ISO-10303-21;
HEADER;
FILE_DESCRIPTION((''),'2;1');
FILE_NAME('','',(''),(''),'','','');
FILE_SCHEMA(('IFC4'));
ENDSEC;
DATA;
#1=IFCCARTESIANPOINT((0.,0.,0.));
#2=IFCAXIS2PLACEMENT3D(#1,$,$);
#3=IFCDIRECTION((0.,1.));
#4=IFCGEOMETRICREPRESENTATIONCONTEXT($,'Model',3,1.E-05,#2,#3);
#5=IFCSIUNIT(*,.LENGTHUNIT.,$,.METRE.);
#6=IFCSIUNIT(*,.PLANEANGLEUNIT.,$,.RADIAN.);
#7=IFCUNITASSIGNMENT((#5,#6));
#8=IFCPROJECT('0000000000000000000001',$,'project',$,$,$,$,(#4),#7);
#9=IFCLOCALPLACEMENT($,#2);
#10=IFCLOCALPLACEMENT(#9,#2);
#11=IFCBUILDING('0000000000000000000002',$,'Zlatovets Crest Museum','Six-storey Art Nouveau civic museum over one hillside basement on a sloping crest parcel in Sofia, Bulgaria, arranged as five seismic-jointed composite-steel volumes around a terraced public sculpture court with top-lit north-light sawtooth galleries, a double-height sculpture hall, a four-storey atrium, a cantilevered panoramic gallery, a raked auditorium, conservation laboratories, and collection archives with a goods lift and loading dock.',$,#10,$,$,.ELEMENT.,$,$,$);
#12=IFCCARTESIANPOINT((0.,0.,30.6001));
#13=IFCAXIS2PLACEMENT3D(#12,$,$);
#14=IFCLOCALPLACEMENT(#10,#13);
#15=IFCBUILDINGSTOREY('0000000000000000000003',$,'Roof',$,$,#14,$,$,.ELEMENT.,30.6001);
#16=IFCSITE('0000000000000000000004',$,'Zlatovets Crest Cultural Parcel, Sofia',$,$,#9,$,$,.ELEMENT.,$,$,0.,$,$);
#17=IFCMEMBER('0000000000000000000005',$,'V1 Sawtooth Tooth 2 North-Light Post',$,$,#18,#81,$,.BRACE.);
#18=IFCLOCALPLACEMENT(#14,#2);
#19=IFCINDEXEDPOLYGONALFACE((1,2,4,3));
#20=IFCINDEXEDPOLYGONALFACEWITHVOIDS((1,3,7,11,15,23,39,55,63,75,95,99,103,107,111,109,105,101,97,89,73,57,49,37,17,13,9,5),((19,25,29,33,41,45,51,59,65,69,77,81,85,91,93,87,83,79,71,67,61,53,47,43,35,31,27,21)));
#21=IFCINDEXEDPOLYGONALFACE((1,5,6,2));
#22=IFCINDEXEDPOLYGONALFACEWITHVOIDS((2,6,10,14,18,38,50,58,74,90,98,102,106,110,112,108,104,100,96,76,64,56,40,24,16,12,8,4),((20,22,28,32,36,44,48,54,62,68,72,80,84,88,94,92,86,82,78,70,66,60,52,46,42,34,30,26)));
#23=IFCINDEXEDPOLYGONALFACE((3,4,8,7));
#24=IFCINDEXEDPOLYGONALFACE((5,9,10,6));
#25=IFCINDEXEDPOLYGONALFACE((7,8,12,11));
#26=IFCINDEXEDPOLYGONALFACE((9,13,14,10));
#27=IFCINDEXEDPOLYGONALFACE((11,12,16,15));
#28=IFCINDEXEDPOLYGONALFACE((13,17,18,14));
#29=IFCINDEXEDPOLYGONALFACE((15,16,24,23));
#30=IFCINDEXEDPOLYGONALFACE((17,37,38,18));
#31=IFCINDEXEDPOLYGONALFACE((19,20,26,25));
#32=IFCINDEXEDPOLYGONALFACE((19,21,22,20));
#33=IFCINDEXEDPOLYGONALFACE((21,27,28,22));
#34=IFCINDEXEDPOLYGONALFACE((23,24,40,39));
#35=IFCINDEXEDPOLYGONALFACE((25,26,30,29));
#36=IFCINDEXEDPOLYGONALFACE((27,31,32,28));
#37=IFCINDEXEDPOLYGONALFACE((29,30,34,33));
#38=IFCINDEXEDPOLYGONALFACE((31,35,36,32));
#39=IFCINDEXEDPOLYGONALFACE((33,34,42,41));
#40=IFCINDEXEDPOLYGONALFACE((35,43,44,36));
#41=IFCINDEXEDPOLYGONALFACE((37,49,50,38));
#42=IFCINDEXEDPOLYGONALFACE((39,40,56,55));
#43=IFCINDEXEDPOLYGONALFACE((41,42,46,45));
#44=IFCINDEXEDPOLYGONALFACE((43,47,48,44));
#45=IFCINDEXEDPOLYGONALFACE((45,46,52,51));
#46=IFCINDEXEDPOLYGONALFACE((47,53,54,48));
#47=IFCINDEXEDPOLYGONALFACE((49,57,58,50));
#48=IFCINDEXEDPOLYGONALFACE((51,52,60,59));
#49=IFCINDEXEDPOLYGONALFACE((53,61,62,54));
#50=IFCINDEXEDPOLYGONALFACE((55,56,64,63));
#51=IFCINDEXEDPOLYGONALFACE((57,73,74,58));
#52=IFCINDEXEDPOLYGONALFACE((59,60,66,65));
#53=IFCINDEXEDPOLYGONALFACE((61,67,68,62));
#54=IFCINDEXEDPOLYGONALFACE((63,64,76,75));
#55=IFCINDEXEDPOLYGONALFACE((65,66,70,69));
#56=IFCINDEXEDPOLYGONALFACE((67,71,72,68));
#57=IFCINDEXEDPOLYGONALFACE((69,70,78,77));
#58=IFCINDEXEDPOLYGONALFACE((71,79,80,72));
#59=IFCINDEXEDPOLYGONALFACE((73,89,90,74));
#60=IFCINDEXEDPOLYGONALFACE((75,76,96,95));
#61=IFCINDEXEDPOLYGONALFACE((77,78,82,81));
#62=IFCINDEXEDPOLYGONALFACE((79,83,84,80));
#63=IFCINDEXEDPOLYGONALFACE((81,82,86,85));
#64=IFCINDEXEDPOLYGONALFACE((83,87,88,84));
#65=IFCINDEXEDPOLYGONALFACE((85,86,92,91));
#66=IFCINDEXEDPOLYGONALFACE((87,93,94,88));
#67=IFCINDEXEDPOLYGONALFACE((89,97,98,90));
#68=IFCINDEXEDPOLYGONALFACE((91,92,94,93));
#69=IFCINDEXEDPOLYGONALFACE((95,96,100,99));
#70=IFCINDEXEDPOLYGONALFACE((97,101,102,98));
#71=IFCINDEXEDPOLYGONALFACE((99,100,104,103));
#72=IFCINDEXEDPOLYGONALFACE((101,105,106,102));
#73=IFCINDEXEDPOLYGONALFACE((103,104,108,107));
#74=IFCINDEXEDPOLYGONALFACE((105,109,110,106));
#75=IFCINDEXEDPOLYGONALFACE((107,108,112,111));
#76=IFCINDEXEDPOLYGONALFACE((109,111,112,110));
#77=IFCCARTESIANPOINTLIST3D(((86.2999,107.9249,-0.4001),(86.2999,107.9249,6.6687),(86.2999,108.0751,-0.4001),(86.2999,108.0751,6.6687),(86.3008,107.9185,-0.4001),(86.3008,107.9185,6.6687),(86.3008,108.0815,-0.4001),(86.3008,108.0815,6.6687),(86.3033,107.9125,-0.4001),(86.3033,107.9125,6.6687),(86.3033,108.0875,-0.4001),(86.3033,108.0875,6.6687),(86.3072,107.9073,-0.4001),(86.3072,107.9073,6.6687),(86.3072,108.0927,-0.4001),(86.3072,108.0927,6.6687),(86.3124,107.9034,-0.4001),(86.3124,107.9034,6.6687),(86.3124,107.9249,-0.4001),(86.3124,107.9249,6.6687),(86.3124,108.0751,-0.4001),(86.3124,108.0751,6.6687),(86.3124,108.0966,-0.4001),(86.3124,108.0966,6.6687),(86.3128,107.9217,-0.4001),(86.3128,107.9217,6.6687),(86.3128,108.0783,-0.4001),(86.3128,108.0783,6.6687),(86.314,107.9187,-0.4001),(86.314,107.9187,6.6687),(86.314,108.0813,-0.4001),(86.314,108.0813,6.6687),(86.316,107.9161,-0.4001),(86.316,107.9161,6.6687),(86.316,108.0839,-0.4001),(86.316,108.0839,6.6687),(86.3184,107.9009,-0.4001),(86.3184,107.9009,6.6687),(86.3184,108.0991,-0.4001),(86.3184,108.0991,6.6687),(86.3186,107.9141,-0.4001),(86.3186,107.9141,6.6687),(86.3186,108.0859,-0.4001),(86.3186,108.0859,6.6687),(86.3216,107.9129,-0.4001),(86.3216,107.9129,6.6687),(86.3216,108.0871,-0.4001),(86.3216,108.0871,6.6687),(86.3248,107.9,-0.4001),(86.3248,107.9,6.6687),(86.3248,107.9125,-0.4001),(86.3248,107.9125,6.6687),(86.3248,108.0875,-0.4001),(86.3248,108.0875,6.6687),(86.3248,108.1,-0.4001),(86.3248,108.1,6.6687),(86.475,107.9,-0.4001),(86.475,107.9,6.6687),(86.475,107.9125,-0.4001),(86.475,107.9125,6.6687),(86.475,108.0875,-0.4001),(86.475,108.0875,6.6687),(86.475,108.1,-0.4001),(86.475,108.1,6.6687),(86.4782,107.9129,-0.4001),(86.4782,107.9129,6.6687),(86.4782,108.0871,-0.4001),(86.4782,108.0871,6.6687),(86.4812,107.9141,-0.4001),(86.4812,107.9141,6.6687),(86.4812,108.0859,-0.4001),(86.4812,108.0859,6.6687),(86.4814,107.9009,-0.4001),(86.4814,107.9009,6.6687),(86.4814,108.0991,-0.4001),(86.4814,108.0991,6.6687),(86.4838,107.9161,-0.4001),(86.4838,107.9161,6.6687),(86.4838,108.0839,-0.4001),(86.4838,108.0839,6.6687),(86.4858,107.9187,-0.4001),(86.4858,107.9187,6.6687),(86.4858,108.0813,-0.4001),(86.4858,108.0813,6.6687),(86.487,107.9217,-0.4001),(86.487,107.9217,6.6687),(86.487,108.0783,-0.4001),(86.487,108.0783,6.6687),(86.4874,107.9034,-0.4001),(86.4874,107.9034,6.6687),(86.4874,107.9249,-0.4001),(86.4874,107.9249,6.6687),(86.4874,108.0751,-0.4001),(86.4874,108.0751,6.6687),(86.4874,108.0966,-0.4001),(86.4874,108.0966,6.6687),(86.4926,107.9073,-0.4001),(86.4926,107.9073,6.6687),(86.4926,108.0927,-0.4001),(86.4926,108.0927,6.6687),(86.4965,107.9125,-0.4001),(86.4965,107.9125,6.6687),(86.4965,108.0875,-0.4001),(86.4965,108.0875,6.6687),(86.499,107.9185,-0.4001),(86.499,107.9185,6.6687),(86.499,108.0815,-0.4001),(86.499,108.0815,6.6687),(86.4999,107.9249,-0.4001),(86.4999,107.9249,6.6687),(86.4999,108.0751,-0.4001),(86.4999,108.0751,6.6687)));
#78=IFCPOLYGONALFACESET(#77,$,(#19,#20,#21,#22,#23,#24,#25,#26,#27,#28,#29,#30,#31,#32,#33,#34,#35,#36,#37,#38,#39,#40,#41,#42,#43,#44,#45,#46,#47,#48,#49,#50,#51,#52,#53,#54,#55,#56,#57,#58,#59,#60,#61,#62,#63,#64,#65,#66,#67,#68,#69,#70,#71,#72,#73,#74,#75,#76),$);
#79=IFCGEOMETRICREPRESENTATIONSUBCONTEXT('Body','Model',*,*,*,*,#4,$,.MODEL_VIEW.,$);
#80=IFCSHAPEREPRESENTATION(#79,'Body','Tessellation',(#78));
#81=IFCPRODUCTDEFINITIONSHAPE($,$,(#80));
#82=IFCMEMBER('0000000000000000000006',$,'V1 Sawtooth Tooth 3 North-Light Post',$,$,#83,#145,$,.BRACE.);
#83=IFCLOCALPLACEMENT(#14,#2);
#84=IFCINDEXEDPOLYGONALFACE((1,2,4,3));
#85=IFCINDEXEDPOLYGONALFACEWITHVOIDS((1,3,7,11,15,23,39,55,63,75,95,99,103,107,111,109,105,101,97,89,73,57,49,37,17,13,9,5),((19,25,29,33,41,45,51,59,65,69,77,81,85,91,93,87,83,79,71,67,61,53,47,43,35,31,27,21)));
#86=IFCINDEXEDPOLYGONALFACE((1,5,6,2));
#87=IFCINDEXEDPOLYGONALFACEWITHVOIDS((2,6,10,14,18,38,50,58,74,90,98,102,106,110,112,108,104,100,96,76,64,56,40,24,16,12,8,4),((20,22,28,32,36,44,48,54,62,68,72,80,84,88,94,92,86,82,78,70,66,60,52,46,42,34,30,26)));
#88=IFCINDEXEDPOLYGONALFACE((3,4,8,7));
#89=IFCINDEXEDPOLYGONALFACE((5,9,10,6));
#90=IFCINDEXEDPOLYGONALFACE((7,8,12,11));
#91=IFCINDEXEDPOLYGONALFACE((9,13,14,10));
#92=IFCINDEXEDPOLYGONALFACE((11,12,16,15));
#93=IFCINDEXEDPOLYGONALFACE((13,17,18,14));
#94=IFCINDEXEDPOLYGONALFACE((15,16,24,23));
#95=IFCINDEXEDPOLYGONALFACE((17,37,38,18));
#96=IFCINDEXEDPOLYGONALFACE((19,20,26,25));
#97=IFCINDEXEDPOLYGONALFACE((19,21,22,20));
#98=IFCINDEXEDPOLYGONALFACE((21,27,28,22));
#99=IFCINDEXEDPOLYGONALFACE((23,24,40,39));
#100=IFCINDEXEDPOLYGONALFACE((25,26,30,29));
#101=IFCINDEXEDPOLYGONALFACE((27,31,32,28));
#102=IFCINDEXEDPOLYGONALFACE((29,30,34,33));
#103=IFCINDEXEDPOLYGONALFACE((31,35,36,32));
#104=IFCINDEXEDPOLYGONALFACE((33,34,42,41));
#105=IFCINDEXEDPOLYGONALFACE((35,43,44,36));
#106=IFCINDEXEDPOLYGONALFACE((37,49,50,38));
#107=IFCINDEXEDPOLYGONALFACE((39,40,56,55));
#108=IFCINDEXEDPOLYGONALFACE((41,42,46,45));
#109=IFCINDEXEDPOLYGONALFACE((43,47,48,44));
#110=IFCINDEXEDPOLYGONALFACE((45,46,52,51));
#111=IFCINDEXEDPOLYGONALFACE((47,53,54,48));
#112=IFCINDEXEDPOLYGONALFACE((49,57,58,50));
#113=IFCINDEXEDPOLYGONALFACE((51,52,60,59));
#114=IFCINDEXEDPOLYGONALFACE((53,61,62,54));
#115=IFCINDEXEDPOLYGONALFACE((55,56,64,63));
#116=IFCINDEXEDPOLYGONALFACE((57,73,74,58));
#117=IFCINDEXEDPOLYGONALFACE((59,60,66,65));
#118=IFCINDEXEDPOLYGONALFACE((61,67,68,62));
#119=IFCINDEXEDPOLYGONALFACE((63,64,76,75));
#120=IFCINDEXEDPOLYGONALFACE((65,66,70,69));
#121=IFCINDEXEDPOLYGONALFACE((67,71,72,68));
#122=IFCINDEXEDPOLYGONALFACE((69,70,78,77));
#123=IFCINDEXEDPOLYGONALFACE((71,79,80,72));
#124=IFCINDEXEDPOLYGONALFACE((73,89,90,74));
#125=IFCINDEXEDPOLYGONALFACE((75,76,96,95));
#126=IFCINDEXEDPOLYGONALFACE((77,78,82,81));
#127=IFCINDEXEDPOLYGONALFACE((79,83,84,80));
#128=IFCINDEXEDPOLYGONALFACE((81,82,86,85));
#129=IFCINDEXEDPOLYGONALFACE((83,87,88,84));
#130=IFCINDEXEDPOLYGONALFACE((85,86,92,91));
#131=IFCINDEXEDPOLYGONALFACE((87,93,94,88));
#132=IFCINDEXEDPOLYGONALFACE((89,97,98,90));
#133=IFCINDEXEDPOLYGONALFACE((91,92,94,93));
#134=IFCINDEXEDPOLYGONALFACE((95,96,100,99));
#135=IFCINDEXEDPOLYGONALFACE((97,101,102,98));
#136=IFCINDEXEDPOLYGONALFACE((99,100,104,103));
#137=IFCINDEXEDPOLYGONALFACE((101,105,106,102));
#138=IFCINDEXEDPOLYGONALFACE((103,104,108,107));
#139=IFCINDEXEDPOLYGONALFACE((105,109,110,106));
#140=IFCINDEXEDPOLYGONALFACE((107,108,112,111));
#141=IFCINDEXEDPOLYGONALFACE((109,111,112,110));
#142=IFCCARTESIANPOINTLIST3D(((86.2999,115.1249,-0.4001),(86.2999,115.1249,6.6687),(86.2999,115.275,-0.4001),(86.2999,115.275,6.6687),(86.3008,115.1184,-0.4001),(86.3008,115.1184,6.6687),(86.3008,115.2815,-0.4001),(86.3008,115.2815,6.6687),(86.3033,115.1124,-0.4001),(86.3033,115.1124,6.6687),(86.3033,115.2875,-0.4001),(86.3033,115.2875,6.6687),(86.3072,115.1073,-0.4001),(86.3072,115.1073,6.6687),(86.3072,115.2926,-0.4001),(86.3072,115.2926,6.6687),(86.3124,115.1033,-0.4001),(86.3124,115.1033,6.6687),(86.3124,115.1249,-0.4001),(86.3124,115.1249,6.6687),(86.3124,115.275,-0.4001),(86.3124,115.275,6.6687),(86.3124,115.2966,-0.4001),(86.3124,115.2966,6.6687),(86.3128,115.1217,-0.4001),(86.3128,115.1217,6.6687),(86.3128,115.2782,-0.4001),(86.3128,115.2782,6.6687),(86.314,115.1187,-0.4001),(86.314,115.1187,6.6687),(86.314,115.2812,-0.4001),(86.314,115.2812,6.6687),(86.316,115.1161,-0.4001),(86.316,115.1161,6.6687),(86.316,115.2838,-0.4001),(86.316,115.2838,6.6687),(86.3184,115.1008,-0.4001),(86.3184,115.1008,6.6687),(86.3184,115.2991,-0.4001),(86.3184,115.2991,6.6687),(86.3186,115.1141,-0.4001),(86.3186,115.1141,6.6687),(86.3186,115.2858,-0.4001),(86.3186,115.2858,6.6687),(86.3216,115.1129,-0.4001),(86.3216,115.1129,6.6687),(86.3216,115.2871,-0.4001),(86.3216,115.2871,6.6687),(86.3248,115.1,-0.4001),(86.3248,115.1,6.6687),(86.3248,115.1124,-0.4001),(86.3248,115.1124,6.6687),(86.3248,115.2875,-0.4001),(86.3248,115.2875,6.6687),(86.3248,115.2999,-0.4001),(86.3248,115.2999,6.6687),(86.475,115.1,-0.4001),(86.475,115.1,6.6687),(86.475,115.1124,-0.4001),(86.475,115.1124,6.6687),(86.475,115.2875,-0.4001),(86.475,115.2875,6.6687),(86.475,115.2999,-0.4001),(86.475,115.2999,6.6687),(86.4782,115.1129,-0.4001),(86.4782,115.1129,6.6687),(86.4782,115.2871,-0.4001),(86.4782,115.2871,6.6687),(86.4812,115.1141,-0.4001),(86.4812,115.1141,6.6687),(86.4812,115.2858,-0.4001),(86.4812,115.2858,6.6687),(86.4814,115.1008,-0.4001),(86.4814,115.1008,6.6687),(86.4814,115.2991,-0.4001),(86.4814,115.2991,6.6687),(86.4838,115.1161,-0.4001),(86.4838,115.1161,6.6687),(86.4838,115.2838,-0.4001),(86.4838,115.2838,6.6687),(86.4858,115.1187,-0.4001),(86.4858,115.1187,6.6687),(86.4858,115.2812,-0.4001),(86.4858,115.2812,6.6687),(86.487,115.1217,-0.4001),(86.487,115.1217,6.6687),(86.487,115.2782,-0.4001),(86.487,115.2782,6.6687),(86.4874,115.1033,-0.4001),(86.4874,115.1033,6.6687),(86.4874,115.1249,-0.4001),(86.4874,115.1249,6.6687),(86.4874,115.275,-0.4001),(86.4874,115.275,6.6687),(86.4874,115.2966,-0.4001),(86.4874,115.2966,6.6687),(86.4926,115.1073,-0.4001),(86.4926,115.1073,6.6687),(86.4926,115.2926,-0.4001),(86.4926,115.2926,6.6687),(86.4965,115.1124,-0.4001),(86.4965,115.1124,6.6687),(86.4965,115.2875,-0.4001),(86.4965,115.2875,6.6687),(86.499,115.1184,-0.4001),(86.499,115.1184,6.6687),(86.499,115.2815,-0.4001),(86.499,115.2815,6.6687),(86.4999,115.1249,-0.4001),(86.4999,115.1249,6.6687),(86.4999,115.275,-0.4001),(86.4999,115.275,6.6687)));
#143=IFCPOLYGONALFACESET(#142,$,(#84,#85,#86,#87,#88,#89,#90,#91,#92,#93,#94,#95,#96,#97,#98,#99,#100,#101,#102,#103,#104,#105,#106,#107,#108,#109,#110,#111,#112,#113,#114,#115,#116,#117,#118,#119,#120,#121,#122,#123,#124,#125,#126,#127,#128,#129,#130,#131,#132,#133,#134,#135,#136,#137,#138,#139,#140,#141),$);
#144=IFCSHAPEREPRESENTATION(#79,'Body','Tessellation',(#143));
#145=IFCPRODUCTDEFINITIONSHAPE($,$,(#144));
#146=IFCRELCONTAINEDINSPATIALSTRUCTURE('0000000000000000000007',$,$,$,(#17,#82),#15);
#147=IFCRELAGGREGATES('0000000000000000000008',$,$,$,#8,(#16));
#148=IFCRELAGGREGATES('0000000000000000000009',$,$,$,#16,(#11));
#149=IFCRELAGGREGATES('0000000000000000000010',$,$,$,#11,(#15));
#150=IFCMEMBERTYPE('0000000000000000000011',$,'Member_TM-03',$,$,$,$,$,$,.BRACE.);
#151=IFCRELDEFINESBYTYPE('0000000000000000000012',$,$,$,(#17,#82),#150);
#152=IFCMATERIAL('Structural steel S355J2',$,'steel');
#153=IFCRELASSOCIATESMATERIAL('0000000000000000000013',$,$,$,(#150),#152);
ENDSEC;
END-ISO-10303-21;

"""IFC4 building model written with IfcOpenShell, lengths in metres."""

from ifc_helpers import new_model, si_unit, direction, frame, origin, origin_2d, place, context, subcontext, project, spatial, hollow_rectangle, extrude, material, material_profile, profile_set, type_object, element, save


model = new_model("IFC4")

# Units and contexts
model_context = context("Model", 3, precision=1e-05, world=origin(), true_north=direction((0.0, 1.0)))
body_context = subcontext(model_context, "Body", "Model", "MODEL_VIEW")
ifc_project = project(units=[si_unit("LENGTHUNIT", "METRE"), si_unit("PLANEANGLEUNIT", "RADIAN")], contexts=[model_context])

# Site, building, storey
site_placement = place(None, origin())
site = spatial("IfcSite", under=ifc_project, at=site_placement, Name="Zlatovets Crest Cultural Parcel, Sofia", CompositionType="ELEMENT", RefElevation=0.0)
building_placement = place(site_placement, origin())
building = spatial("IfcBuilding", under=site, at=building_placement, Name="Zlatovets Crest Museum", Description="Six-storey Art Nouveau civic museum over one hillside basement on a sloping crest parcel in Sofia, Bulgaria, arranged as five seismic-jointed composite-steel volumes around a terraced public sculpture court with top-lit north-light sawtooth galleries, a double-height sculpture hall, a four-storey atrium, a cantilevered panoramic gallery, a raked auditorium, conservation laboratories, and collection archives with a goods lift and loading dock.", CompositionType="ELEMENT")
storey_placement = place(building_placement, frame((0.0, 0.0, 30.6001)))
storey = spatial("IfcBuildingStorey", under=building, at=storey_placement, Name="Roof", CompositionType="ELEMENT", Elevation=30.6001)

# Shared definitions
ifc_material_1 = material(Name="Structural steel S355J2", Category="steel")

# Members
ifc_material_profile_1 = material_profile(ifc_material_1, hollow_rectangle(XDim=0.2, YDim=0.2, WallThickness=0.0125, InnerFilletRadius=0.0125, OuterFilletRadius=0.0249, at=origin_2d()), Name="SHS 200x200x12.5")
ifc_profile_set_1 = profile_set([ifc_material_profile_1], Name="Structural steel S355J2")
member_type_1 = type_object("IfcMemberType", Name="Member_TM-03", PredefinedType="BRACE", material=ifc_profile_set_1)
for number, where, z_axis, x_axis, name in (
    (1, (86.3999, 108.0, -0.4001), (0.0, 0.0, 1.0), (1.0, 0.0, 0.0), "V1 Sawtooth Tooth 2 North-Light Post"),
    (2, (86.3999, 115.2, -0.4001), (0.0, 0.0, 1.0), (1.0, 0.0, 0.0), "V1 Sawtooth Tooth 3 North-Light Post"),
):
    element("IfcMember", number, at=place(storey_placement, frame(where, z_axis=z_axis, x_axis=x_axis)), inside=storey, type_object=member_type_1, Name=name, PredefinedType="BRACE", context=body_context, shape_type="SweptSolid", body=[
        extrude(hollow_rectangle(XDim=0.2, YDim=0.2, WallThickness=0.0125, InnerFilletRadius=0.0125, OuterFilletRadius=0.0249, at=origin_2d()), origin(), (0.0, 0.0, 1.0), 7.0688),
    ])

save(model, "model.ifc")
